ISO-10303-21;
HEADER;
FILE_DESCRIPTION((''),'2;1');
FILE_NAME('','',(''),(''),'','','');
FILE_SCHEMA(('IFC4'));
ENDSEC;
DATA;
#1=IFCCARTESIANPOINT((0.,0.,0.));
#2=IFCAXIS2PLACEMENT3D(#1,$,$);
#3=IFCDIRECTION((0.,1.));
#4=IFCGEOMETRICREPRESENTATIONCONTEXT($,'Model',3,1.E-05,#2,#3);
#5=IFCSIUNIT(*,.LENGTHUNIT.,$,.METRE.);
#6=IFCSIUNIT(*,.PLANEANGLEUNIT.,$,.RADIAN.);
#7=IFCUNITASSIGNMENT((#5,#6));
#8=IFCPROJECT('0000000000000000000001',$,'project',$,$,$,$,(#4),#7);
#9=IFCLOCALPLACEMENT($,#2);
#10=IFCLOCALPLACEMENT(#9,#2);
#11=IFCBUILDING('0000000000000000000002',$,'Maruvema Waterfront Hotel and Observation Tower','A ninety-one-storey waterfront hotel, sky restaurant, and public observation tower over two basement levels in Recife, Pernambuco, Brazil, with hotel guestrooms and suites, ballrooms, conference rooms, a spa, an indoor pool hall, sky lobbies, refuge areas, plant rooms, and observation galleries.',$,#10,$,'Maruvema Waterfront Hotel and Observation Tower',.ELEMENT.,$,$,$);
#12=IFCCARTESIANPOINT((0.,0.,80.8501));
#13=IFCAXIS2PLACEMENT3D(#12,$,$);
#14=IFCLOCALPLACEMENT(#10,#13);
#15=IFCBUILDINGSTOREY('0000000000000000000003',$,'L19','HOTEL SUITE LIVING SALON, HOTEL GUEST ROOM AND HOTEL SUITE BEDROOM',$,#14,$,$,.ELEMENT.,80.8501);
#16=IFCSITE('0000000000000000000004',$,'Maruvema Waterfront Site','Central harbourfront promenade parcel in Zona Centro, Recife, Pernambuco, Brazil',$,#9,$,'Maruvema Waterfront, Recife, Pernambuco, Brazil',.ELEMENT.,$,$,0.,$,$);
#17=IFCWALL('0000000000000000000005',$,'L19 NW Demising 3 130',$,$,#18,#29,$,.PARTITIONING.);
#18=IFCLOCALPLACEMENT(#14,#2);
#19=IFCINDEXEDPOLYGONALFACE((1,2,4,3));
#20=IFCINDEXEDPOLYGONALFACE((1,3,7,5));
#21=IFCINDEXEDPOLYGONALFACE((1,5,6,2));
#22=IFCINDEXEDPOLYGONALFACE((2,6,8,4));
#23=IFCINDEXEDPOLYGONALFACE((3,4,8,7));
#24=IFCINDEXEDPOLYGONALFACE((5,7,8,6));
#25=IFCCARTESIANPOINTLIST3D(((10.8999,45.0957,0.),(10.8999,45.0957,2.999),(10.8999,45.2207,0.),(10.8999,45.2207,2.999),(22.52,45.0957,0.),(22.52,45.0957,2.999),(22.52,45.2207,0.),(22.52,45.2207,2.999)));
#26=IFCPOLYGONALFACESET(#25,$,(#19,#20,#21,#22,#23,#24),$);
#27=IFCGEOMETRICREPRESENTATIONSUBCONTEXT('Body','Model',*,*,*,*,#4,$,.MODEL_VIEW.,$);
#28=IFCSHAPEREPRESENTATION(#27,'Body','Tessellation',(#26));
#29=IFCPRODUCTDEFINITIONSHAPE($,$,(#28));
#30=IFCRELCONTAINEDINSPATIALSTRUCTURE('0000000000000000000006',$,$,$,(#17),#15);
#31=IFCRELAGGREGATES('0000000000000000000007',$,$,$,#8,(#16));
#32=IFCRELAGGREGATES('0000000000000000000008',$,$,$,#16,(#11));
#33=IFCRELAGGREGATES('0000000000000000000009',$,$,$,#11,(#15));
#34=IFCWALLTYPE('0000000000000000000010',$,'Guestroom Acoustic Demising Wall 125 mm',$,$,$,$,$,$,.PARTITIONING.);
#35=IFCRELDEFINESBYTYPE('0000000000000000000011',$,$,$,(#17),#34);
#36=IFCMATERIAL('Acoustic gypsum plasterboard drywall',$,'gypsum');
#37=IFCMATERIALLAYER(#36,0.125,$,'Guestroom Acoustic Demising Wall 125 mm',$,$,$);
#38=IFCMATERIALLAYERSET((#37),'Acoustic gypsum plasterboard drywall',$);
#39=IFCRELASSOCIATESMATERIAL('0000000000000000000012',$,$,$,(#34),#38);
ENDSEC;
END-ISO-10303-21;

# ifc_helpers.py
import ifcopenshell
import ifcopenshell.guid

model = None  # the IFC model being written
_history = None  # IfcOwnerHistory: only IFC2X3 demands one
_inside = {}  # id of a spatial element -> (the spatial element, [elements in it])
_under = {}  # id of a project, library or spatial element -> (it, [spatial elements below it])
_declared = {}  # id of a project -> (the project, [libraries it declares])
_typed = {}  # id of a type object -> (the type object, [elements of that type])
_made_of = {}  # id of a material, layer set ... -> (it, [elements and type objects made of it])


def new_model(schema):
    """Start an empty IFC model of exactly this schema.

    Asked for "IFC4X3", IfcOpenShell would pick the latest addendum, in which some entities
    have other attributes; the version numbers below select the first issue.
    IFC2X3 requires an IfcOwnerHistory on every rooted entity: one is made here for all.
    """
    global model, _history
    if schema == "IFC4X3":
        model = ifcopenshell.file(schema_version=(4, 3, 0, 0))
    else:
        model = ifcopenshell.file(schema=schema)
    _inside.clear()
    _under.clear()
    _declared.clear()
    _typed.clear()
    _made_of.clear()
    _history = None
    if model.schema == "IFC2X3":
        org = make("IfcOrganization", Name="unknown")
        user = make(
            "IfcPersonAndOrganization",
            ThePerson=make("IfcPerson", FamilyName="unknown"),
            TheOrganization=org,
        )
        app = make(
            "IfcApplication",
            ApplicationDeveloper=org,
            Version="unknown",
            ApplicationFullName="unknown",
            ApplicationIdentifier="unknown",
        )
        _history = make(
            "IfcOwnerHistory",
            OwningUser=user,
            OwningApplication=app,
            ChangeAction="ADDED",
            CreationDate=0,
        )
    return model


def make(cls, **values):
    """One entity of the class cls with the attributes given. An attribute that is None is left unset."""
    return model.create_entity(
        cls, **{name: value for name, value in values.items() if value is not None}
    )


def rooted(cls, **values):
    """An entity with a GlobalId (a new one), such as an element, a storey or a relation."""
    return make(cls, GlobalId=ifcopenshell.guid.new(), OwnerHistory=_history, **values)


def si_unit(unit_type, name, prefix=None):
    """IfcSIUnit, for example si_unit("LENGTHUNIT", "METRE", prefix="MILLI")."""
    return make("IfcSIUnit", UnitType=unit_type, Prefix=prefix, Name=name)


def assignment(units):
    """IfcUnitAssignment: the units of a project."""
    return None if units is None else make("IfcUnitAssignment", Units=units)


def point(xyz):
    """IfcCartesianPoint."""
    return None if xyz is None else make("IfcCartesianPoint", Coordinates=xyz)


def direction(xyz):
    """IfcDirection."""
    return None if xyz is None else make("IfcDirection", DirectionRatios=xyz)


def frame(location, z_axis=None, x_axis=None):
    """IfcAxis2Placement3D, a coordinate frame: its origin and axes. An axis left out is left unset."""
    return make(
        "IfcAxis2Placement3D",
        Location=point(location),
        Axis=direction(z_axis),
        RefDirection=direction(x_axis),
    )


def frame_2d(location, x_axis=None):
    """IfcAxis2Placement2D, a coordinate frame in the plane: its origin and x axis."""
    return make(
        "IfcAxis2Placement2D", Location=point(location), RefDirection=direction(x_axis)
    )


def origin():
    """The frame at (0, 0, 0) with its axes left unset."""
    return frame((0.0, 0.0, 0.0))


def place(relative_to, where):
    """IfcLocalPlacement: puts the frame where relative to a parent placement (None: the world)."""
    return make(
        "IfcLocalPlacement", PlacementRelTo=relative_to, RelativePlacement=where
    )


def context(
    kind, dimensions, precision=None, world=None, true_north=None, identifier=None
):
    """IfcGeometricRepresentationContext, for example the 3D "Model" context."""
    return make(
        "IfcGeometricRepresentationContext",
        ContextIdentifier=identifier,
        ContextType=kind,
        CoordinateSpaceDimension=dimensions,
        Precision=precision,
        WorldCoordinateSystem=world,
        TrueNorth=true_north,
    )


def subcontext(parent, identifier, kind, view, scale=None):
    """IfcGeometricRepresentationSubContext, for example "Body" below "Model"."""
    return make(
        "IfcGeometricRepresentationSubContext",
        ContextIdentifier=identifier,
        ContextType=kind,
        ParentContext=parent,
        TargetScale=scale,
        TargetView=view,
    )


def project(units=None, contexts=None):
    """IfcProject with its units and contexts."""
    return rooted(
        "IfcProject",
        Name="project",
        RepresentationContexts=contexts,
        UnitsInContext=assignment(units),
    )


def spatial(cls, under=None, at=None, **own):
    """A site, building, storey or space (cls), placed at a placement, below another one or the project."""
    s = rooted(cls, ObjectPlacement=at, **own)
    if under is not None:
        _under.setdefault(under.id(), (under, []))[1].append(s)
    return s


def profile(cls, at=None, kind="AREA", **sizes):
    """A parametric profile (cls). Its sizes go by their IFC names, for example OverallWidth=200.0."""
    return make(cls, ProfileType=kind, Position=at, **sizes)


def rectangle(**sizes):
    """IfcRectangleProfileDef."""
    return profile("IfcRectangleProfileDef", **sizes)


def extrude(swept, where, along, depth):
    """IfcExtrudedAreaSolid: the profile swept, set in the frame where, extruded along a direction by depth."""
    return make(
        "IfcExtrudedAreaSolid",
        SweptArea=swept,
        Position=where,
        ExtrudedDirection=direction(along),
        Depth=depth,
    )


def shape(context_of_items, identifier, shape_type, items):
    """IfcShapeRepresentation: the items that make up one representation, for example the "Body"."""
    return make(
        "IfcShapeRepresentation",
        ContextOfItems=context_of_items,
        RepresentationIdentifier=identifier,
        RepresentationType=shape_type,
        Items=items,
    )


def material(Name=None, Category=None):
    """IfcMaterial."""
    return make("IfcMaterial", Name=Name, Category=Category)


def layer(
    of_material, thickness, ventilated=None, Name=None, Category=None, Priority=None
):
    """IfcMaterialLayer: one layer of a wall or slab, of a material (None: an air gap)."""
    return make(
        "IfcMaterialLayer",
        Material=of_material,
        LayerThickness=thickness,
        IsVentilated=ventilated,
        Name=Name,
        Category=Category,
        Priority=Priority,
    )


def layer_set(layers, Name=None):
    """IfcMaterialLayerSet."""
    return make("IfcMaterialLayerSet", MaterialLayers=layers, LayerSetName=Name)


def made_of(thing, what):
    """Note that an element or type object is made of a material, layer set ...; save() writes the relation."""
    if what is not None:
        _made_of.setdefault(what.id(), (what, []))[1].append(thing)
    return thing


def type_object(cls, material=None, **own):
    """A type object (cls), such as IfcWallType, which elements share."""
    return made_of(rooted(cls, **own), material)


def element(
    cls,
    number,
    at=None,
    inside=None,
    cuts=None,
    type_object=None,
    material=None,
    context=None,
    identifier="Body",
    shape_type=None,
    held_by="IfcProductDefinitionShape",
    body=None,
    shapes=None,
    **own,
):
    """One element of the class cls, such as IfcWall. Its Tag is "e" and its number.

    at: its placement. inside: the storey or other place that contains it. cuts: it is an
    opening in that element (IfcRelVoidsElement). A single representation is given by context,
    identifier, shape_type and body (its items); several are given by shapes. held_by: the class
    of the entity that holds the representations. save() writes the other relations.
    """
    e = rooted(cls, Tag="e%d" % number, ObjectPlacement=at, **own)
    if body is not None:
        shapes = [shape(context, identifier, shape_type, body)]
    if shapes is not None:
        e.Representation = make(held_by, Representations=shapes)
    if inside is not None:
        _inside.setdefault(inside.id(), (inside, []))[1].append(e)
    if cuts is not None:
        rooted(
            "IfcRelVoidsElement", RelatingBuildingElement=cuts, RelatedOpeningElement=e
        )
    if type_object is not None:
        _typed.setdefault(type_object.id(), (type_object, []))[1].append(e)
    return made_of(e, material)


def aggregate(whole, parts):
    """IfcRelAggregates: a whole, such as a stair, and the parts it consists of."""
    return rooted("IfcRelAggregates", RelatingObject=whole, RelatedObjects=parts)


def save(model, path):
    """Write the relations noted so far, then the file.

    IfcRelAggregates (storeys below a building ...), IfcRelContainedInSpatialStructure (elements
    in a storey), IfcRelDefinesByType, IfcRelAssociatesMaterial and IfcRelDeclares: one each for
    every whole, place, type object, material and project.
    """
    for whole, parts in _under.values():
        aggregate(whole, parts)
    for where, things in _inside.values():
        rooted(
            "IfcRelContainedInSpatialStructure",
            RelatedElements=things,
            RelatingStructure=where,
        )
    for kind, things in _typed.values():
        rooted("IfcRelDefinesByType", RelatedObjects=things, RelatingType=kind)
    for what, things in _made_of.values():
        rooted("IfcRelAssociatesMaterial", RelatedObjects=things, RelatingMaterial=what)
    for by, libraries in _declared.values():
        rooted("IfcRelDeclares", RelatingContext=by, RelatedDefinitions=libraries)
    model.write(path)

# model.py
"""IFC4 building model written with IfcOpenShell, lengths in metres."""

from ifc_helpers import new_model, si_unit, direction, frame, frame_2d, origin, place, context, subcontext, project, spatial, rectangle, extrude, material, layer, layer_set, type_object, element, save


model = new_model("IFC4")

# Units and contexts
model_context = context("Model", 3, precision=1e-05, world=origin(), true_north=direction((0.0, 1.0)))
body_context = subcontext(model_context, "Body", "Model", "MODEL_VIEW")
ifc_project = project(units=[si_unit("LENGTHUNIT", "METRE"), si_unit("PLANEANGLEUNIT", "RADIAN")], contexts=[model_context])

# Site, building, storey
site_placement = place(None, origin())
site = spatial("IfcSite", under=ifc_project, at=site_placement, Name="Maruvema Waterfront Site", Description="Central harbourfront promenade parcel in Zona Centro, Recife, Pernambuco, Brazil", LongName="Maruvema Waterfront, Recife, Pernambuco, Brazil", CompositionType="ELEMENT", RefElevation=0.0)
building_placement = place(site_placement, origin())
building = spatial("IfcBuilding", under=site, at=building_placement, Name="Maruvema Waterfront Hotel and Observation Tower", Description="A ninety-one-storey waterfront hotel, sky restaurant, and public observation tower over two basement levels in Recife, Pernambuco, Brazil, with hotel guestrooms and suites, ballrooms, conference rooms, a spa, an indoor pool hall, sky lobbies, refuge areas, plant rooms, and observation galleries.", LongName="Maruvema Waterfront Hotel and Observation Tower", CompositionType="ELEMENT")
storey_placement = place(building_placement, frame((0.0, 0.0, 80.8501)))
storey = spatial("IfcBuildingStorey", under=building, at=storey_placement, Name="L19", Description="HOTEL SUITE LIVING SALON, HOTEL GUEST ROOM AND HOTEL SUITE BEDROOM", CompositionType="ELEMENT", Elevation=80.8501)

# Wall
ifc_material_1 = material(Name="Acoustic gypsum plasterboard drywall", Category="gypsum")
ifc_layer_1 = layer(ifc_material_1, 0.125, Name="Guestroom Acoustic Demising Wall 125 mm")
ifc_layer_set_1 = layer_set([ifc_layer_1], Name="Acoustic gypsum plasterboard drywall")
wall_type_1 = type_object("IfcWallType", Name="Guestroom Acoustic Demising Wall 125 mm", PredefinedType="PARTITIONING", material=ifc_layer_set_1)
wall_1_placement = place(storey_placement, frame((10.8999, 45.1582, 0.0), z_axis=(0.0, 0.0, 1.0), x_axis=(1.0, 0.0, 0.0)))
element("IfcWall", 1, at=wall_1_placement, inside=storey, type_object=wall_type_1, Name="L19 NW Demising 3 130", PredefinedType="PARTITIONING", context=body_context, shape_type="SweptSolid", body=[
    extrude(rectangle(XDim=11.6201, YDim=0.125, at=frame_2d((5.8101, 0.0))), origin(), (0.0, 0.0, 1.0), 2.999),
])

save(model, "model.ifc")
